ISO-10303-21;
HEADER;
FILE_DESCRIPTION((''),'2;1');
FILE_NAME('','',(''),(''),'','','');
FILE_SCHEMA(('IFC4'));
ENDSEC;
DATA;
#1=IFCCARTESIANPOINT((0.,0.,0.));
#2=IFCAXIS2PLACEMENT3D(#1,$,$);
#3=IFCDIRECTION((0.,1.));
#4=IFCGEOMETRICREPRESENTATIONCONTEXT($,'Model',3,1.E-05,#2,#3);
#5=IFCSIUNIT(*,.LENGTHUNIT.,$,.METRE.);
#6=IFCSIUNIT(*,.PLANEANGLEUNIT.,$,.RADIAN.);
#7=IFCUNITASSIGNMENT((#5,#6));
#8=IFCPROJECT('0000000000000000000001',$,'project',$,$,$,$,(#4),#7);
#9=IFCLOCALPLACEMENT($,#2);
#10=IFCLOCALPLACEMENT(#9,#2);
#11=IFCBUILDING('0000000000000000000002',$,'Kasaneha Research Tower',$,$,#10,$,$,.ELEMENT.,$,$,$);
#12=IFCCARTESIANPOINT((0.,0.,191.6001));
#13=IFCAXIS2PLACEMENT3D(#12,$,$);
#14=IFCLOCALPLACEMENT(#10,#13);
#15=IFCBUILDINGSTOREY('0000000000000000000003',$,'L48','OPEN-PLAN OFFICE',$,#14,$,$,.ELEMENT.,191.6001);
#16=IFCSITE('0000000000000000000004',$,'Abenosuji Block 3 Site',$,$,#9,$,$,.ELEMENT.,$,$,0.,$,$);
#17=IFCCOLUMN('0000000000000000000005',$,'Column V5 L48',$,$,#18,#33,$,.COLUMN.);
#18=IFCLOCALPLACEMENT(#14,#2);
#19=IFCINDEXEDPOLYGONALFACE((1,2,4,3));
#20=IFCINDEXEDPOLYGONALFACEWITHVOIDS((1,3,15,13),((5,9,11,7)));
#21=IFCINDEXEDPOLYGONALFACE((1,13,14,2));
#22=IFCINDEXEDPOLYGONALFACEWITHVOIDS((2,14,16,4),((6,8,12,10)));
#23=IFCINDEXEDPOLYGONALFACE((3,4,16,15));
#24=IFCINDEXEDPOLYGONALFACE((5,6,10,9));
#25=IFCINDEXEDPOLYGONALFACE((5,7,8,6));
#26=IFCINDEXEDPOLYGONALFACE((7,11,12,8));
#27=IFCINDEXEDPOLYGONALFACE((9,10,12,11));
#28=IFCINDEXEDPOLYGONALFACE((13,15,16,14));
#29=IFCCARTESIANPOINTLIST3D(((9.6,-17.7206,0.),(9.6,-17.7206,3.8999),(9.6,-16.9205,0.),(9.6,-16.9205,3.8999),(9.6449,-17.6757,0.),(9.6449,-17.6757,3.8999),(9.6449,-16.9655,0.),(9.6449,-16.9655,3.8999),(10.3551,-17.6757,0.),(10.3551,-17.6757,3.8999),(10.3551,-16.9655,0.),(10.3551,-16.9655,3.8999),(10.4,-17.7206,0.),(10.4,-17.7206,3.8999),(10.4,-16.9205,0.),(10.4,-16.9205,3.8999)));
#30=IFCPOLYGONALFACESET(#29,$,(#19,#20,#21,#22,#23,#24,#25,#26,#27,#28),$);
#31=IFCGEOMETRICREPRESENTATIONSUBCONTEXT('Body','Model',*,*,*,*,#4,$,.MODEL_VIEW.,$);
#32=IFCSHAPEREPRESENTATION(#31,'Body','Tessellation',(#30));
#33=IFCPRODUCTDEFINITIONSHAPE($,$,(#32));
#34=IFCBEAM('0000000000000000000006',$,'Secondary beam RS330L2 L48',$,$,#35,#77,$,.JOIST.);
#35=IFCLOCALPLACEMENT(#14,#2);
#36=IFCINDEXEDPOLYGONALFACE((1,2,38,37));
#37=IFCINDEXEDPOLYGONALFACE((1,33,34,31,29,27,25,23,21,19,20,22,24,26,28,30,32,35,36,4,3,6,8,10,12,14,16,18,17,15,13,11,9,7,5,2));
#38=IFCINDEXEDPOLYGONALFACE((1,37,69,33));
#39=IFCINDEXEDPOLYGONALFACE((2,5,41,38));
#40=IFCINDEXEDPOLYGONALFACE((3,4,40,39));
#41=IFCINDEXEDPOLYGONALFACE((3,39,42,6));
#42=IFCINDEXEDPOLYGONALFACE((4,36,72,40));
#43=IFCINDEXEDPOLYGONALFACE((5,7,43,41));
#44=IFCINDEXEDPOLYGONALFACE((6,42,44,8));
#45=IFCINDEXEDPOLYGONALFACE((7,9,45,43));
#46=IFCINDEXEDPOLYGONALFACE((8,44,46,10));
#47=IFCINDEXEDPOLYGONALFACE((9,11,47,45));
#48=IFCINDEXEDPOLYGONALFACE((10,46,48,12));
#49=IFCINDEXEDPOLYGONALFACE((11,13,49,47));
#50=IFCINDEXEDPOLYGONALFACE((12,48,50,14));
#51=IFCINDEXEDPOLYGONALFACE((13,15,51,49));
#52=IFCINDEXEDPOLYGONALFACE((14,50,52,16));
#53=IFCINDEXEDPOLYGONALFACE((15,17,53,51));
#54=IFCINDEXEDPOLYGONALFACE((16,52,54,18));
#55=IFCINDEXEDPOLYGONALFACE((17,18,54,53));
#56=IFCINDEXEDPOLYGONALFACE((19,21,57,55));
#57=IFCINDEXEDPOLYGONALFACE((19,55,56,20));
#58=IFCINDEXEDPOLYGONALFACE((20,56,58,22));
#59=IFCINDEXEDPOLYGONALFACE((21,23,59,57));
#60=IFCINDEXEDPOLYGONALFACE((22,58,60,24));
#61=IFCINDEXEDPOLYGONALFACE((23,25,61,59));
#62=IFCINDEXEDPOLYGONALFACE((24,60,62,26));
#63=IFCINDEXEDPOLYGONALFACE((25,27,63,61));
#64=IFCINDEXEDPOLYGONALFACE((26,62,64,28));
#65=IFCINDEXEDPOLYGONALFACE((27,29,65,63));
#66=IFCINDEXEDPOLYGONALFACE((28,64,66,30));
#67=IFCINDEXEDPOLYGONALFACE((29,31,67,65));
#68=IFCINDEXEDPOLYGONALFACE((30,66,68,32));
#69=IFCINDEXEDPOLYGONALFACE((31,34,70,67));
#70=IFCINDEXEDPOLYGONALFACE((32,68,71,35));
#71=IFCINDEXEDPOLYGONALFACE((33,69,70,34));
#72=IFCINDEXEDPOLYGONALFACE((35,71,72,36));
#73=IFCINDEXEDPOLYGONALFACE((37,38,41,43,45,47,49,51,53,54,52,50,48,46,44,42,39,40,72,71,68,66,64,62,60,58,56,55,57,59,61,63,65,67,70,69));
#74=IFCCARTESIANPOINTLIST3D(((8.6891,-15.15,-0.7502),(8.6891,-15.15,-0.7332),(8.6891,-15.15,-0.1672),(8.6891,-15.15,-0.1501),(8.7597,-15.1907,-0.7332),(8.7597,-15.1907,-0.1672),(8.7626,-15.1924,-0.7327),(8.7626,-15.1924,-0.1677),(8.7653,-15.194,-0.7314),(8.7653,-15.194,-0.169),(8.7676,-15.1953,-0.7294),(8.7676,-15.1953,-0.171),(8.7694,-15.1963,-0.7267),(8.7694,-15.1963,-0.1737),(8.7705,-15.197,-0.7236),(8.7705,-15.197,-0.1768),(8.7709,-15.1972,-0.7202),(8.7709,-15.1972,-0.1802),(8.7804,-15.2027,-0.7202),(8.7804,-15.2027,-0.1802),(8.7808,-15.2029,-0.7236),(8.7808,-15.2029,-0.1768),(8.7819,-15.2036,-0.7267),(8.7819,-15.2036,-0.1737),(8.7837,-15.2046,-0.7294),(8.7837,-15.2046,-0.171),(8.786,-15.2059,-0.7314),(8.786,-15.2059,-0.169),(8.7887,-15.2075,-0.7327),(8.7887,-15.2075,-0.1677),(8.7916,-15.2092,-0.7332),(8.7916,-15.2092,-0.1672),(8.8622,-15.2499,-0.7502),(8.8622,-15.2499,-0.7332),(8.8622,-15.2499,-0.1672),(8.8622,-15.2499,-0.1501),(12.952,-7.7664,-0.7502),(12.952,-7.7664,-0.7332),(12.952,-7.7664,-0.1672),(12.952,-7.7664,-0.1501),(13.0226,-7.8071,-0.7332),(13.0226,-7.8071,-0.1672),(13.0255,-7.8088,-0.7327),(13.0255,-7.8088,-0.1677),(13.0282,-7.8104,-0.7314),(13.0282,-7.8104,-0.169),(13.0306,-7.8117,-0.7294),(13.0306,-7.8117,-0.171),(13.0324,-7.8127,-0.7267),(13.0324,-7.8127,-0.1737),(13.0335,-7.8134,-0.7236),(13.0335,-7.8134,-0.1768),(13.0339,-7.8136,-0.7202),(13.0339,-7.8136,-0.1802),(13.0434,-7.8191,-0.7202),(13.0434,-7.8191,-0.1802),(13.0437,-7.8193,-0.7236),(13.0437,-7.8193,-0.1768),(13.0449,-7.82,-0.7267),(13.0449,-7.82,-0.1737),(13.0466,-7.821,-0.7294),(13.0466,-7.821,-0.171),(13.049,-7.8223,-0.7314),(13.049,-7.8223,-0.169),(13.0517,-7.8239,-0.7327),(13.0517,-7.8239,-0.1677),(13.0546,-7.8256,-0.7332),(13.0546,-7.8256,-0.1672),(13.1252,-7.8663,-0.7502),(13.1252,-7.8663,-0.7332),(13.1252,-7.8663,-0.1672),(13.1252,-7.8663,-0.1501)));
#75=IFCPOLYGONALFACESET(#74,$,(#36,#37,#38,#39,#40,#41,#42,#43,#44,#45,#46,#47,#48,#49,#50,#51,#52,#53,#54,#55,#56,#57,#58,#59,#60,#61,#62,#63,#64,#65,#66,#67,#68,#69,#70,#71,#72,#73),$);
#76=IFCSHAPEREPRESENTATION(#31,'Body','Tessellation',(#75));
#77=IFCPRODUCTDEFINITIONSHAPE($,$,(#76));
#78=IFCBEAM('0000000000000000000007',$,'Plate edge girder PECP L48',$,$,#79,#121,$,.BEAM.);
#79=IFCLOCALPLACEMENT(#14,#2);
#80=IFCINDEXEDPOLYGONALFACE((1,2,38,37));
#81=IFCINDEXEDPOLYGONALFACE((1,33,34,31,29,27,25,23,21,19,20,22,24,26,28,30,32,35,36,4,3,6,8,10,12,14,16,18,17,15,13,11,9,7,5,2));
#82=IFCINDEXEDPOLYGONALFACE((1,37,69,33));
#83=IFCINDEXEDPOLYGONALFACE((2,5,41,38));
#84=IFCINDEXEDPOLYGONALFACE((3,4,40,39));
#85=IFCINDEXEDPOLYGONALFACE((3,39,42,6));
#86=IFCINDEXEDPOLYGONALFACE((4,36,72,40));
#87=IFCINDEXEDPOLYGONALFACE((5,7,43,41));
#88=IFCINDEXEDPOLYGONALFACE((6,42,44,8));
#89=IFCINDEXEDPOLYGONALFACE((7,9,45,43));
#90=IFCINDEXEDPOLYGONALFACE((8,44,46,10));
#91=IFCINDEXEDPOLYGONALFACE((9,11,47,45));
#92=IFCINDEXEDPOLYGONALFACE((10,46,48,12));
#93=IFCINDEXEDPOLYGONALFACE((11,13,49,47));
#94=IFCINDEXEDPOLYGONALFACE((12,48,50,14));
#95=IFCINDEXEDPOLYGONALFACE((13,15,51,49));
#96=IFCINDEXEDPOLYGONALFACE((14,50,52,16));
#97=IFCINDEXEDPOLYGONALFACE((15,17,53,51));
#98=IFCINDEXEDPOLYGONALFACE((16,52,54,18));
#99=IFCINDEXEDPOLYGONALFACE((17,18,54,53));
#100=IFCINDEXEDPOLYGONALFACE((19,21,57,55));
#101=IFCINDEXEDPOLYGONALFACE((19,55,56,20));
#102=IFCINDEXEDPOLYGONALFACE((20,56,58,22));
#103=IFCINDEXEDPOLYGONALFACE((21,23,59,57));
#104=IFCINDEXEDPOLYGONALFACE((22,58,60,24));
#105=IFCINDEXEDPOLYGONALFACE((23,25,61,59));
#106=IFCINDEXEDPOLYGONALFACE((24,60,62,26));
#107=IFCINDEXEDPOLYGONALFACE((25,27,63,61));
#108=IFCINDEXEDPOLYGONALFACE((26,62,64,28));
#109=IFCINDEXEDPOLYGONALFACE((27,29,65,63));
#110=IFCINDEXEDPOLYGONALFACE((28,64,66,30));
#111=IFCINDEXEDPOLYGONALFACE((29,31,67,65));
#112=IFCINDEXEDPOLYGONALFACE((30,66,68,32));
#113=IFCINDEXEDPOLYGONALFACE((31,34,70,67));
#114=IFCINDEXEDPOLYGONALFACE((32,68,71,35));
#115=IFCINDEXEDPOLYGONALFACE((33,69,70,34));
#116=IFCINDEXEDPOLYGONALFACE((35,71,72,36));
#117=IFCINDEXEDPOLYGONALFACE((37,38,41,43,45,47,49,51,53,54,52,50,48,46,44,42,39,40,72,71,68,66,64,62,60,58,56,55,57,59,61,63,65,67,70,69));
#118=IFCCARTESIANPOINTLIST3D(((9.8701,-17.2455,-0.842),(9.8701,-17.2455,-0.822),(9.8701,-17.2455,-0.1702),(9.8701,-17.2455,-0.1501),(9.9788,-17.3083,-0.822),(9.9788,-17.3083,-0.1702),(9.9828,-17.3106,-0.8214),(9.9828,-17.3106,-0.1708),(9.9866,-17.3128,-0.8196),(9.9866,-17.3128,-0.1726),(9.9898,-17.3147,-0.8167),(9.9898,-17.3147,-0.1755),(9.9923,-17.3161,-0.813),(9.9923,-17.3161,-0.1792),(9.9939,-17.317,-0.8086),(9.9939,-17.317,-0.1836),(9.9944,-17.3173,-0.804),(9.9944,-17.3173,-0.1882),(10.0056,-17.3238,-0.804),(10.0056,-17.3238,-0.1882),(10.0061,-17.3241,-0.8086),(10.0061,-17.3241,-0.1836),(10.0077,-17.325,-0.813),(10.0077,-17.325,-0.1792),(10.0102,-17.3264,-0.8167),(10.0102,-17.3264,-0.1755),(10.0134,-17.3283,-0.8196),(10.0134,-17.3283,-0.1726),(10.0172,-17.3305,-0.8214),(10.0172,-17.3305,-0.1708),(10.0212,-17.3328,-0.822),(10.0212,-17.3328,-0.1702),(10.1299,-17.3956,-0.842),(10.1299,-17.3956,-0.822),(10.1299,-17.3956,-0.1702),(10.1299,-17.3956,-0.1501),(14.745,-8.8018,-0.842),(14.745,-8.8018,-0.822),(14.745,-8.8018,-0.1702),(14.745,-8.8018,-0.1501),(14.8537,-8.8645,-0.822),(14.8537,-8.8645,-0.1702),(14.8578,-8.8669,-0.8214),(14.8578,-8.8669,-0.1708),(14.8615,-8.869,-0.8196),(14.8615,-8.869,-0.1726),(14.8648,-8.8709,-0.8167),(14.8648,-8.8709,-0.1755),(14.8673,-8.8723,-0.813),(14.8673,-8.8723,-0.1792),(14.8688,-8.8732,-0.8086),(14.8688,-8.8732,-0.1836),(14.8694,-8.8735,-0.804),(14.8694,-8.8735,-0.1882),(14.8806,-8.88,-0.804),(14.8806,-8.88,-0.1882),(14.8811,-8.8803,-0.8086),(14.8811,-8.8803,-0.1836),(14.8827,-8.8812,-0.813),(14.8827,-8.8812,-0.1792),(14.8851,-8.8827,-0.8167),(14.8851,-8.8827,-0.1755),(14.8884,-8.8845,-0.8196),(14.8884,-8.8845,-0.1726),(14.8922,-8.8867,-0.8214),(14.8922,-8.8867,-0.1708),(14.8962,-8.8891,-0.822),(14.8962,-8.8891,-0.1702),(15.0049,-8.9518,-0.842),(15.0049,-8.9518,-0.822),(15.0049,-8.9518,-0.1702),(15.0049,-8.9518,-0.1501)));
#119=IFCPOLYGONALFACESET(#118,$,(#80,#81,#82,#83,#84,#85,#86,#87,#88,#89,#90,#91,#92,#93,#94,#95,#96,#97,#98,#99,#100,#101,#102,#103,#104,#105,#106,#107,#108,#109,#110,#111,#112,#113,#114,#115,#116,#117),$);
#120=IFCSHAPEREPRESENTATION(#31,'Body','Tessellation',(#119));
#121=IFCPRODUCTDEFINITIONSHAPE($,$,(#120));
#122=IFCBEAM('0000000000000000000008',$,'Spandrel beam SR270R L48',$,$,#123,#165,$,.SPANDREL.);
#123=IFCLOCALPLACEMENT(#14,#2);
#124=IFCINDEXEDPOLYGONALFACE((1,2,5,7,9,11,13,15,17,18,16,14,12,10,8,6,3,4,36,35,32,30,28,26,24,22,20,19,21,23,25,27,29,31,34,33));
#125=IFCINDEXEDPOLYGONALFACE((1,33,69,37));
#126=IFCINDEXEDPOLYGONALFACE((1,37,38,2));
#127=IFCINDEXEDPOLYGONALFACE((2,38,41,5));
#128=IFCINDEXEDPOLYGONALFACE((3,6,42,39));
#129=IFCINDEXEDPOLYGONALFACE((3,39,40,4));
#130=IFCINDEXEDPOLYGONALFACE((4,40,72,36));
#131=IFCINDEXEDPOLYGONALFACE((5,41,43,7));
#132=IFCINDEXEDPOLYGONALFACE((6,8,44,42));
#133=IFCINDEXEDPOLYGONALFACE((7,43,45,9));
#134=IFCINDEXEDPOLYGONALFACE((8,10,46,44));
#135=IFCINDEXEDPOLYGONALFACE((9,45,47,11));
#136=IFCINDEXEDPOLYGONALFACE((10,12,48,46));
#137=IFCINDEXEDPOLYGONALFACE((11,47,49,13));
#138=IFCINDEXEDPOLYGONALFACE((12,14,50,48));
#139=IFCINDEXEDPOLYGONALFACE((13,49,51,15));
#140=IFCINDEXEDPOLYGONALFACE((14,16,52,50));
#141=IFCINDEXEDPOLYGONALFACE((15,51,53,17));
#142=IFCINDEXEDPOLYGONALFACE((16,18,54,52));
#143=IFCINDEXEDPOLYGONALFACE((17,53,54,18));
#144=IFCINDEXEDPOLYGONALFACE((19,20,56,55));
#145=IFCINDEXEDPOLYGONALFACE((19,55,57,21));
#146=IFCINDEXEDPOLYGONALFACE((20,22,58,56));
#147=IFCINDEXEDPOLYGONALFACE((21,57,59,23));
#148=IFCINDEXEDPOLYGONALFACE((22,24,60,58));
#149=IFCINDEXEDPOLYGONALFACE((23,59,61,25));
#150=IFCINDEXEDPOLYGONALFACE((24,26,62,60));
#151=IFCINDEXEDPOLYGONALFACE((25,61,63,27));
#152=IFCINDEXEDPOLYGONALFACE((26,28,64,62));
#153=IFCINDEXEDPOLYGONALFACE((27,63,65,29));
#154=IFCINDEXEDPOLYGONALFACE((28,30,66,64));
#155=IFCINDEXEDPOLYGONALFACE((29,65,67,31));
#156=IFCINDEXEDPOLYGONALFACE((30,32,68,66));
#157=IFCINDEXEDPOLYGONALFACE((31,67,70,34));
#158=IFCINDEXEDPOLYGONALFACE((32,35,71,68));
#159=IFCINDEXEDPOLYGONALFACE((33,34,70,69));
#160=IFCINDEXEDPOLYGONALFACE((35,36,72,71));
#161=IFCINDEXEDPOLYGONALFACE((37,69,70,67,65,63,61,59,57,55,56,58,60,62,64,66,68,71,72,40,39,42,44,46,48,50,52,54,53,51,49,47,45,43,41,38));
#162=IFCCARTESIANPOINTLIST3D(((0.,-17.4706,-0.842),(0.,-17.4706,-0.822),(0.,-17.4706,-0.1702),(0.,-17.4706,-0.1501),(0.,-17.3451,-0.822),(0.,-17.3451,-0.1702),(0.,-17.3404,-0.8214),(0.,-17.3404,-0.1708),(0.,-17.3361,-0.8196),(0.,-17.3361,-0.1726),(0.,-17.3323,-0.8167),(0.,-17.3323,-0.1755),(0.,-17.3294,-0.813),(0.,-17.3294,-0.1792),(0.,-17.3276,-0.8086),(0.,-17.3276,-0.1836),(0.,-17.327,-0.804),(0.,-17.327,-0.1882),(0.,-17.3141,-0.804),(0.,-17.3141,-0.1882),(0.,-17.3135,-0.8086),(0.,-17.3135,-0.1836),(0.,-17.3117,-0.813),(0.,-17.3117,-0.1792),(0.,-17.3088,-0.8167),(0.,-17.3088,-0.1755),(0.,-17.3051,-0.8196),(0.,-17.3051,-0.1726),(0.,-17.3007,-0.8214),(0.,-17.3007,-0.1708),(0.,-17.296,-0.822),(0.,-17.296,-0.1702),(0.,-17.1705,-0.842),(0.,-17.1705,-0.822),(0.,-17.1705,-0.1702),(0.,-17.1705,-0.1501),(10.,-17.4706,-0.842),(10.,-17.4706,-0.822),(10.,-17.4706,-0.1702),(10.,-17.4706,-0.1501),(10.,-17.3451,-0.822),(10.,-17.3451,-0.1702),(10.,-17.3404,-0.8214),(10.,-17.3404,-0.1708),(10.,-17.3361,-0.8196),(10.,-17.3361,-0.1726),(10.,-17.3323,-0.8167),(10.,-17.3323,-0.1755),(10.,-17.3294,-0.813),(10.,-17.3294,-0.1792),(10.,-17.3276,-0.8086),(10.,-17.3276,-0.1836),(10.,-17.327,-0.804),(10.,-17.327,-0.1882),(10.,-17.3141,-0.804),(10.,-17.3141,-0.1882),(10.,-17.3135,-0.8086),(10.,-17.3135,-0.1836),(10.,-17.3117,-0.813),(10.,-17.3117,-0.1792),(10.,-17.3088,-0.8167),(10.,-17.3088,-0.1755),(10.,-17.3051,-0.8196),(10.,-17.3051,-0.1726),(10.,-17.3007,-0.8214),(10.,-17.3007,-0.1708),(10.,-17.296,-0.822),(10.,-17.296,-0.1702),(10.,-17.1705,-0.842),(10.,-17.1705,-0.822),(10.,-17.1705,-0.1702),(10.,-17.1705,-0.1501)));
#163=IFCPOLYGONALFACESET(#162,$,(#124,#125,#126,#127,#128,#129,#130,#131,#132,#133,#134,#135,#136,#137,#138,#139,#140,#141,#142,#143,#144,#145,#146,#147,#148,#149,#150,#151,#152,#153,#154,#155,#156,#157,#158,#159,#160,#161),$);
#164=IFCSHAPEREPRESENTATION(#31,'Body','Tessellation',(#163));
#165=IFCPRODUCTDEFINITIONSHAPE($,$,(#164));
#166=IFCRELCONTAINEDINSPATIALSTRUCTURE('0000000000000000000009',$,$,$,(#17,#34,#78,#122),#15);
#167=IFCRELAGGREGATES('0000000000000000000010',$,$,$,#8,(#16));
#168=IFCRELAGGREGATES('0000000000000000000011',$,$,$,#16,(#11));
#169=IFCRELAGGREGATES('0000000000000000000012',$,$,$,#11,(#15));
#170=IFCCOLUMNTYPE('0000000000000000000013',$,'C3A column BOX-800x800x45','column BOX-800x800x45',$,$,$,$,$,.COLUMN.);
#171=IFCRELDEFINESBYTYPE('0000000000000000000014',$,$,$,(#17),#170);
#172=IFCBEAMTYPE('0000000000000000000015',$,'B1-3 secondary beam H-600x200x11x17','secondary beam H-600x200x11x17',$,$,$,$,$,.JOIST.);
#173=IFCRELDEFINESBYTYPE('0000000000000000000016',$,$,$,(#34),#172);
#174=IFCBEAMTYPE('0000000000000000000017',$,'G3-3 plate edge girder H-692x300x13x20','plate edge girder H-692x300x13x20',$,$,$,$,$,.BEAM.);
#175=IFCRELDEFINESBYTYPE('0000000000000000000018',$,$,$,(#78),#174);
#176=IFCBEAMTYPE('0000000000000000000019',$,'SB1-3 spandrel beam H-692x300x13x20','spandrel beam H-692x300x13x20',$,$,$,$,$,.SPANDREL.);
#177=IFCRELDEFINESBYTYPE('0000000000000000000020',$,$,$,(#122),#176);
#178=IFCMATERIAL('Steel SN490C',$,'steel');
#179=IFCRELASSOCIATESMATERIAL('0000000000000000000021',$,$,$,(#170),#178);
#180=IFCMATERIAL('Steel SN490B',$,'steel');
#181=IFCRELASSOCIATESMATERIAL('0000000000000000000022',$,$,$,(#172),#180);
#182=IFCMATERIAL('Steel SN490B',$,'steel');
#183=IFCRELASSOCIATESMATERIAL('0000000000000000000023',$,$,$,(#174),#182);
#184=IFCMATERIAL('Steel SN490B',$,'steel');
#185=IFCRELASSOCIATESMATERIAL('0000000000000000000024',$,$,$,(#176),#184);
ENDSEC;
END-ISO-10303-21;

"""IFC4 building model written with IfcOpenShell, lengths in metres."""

from ifc_helpers import new_model, si_unit, direction, frame, origin, origin_2d, place, context, subcontext, project, spatial, hollow_rectangle, i_section, extrude, material, material_profile, profile_set, type_object, element, save


model = new_model("IFC4")

# Units and contexts
model_context = context("Model", 3, precision=1e-05, world=origin(), true_north=direction((0.0, 1.0)))
body_context = subcontext(model_context, "Body", "Model", "MODEL_VIEW")
ifc_project = project(units=[si_unit("LENGTHUNIT", "METRE"), si_unit("PLANEANGLEUNIT", "RADIAN")], contexts=[model_context])

# Site, building, storey
site_placement = place(None, origin())
site = spatial("IfcSite", under=ifc_project, at=site_placement, Name="Abenosuji Block 3 Site", CompositionType="ELEMENT", RefElevation=0.0)
building_placement = place(site_placement, origin())
building = spatial("IfcBuilding", under=site, at=building_placement, Name="Kasaneha Research Tower", CompositionType="ELEMENT")
storey_placement = place(building_placement, frame((0.0, 0.0, 191.6001)))
storey = spatial("IfcBuildingStorey", under=building, at=storey_placement, Name="L48", Description="OPEN-PLAN OFFICE", CompositionType="ELEMENT", Elevation=191.6001)

# Column
ifc_material_1 = material(Name="Steel SN490C", Category="steel")
ifc_material_profile_1 = material_profile(ifc_material_1, hollow_rectangle(XDim=0.8, YDim=0.8, WallThickness=0.0449, at=origin_2d()), Name="BOX-800x800x45")
ifc_profile_set_1 = profile_set([ifc_material_profile_1], Name="Steel SN490C")
column_type = type_object("IfcColumnType", Name="C3A column BOX-800x800x45", Description="column BOX-800x800x45", PredefinedType="COLUMN", material=ifc_profile_set_1)
column_placement = place(storey_placement, frame((10.0, -17.3206, 0.0), z_axis=(0.0, 0.0, 1.0), x_axis=(1.0, 0.0, 0.0)))
element("IfcColumn", 1, at=column_placement, inside=storey, type_object=column_type, Name="Column V5 L48", PredefinedType="COLUMN", context=body_context, shape_type="SweptSolid", body=[
    extrude(hollow_rectangle(XDim=0.8, YDim=0.8, WallThickness=0.0449, at=origin_2d()), origin(), (0.0, 0.0, 1.0), 3.8999),
])

# Beams
ifc_material_2 = material(Name="Steel SN490B", Category="steel")
ifc_material_profile_2 = material_profile(ifc_material_2, i_section(OverallWidth=0.2, OverallDepth=0.6001, WebThickness=0.011, FlangeThickness=0.0171, FilletRadius=0.0129, at=origin_2d()), Name="H-600x200x11x17")
ifc_profile_set_2 = profile_set([ifc_material_profile_2], Name="Steel SN490B")
beam_type_1 = type_object("IfcBeamType", Name="B1-3 secondary beam H-600x200x11x17", Description="secondary beam H-600x200x11x17", PredefinedType="JOIST", material=ifc_profile_set_2)
beam_1_placement = place(storey_placement, frame((8.7756, -15.2, -0.4502), z_axis=(0.500004, 0.866023, 0.0), x_axis=(-0.866023, 0.500004, 0.0)))
element("IfcBeam", 2, at=beam_1_placement, inside=storey, type_object=beam_type_1, Name="Secondary beam RS330L2 L48", PredefinedType="JOIST", context=body_context, shape_type="SweptSolid", body=[
    extrude(i_section(OverallWidth=0.2, OverallDepth=0.6001, WebThickness=0.011, FlangeThickness=0.0171, FilletRadius=0.0129, at=origin_2d()), origin(), (0.0, 0.0, 1.0), 8.5259),
])
ifc_material_3 = material(Name="Steel SN490B", Category="steel")
ifc_material_profile_3 = material_profile(ifc_material_3, i_section(OverallWidth=0.3, OverallDepth=0.6919, WebThickness=0.0129, FlangeThickness=0.02, FilletRadius=0.0181, at=origin_2d()), Name="H-692x300x13x20")
ifc_profile_set_3 = profile_set([ifc_material_profile_3], Name="Steel SN490B")
beam_type_2 = type_object("IfcBeamType", Name="G3-3 plate edge girder H-692x300x13x20", Description="plate edge girder H-692x300x13x20", PredefinedType="BEAM", material=ifc_profile_set_3)
beam_2_placement = place(storey_placement, frame((10.0, -17.3206, -0.4961), z_axis=(0.499996, 0.866028, 0.0), x_axis=(-0.866028, 0.499996, 0.0)))
element("IfcBeam", 3, at=beam_2_placement, inside=storey, type_object=beam_type_2, Name="Plate edge girder PECP L48", PredefinedType="BEAM", context=body_context, shape_type="SweptSolid", body=[
    extrude(i_section(OverallWidth=0.3, OverallDepth=0.6919, WebThickness=0.0129, FlangeThickness=0.02, FilletRadius=0.0181, at=origin_2d()), origin(), (0.0, 0.0, 1.0), 9.75),
])
ifc_material_4 = material(Name="Steel SN490B", Category="steel")
ifc_material_profile_4 = material_profile(ifc_material_4, i_section(OverallWidth=0.3, OverallDepth=0.6919, WebThickness=0.0129, FlangeThickness=0.02, FilletRadius=0.0181, at=origin_2d()), Name="H-692x300x13x20")
ifc_profile_set_4 = profile_set([ifc_material_profile_4], Name="Steel SN490B")
beam_type_3 = type_object("IfcBeamType", Name="SB1-3 spandrel beam H-692x300x13x20", Description="spandrel beam H-692x300x13x20", PredefinedType="SPANDREL", material=ifc_profile_set_4)
beam_3_placement = place(storey_placement, frame((10.0, -17.3206, -0.4961), z_axis=(-1.0, 0.0, 0.0), x_axis=(0.0, -1.0, 0.0)))
element("IfcBeam", 4, at=beam_3_placement, inside=storey, type_object=beam_type_3, Name="Spandrel beam SR270R L48", PredefinedType="SPANDREL", context=body_context, shape_type="SweptSolid", body=[
    extrude(i_section(OverallWidth=0.3, OverallDepth=0.6919, WebThickness=0.0129, FlangeThickness=0.02, FilletRadius=0.0181, at=origin_2d()), origin(), (0.0, 0.0, 1.0), 10.0),
])

save(model, "model.ifc")
